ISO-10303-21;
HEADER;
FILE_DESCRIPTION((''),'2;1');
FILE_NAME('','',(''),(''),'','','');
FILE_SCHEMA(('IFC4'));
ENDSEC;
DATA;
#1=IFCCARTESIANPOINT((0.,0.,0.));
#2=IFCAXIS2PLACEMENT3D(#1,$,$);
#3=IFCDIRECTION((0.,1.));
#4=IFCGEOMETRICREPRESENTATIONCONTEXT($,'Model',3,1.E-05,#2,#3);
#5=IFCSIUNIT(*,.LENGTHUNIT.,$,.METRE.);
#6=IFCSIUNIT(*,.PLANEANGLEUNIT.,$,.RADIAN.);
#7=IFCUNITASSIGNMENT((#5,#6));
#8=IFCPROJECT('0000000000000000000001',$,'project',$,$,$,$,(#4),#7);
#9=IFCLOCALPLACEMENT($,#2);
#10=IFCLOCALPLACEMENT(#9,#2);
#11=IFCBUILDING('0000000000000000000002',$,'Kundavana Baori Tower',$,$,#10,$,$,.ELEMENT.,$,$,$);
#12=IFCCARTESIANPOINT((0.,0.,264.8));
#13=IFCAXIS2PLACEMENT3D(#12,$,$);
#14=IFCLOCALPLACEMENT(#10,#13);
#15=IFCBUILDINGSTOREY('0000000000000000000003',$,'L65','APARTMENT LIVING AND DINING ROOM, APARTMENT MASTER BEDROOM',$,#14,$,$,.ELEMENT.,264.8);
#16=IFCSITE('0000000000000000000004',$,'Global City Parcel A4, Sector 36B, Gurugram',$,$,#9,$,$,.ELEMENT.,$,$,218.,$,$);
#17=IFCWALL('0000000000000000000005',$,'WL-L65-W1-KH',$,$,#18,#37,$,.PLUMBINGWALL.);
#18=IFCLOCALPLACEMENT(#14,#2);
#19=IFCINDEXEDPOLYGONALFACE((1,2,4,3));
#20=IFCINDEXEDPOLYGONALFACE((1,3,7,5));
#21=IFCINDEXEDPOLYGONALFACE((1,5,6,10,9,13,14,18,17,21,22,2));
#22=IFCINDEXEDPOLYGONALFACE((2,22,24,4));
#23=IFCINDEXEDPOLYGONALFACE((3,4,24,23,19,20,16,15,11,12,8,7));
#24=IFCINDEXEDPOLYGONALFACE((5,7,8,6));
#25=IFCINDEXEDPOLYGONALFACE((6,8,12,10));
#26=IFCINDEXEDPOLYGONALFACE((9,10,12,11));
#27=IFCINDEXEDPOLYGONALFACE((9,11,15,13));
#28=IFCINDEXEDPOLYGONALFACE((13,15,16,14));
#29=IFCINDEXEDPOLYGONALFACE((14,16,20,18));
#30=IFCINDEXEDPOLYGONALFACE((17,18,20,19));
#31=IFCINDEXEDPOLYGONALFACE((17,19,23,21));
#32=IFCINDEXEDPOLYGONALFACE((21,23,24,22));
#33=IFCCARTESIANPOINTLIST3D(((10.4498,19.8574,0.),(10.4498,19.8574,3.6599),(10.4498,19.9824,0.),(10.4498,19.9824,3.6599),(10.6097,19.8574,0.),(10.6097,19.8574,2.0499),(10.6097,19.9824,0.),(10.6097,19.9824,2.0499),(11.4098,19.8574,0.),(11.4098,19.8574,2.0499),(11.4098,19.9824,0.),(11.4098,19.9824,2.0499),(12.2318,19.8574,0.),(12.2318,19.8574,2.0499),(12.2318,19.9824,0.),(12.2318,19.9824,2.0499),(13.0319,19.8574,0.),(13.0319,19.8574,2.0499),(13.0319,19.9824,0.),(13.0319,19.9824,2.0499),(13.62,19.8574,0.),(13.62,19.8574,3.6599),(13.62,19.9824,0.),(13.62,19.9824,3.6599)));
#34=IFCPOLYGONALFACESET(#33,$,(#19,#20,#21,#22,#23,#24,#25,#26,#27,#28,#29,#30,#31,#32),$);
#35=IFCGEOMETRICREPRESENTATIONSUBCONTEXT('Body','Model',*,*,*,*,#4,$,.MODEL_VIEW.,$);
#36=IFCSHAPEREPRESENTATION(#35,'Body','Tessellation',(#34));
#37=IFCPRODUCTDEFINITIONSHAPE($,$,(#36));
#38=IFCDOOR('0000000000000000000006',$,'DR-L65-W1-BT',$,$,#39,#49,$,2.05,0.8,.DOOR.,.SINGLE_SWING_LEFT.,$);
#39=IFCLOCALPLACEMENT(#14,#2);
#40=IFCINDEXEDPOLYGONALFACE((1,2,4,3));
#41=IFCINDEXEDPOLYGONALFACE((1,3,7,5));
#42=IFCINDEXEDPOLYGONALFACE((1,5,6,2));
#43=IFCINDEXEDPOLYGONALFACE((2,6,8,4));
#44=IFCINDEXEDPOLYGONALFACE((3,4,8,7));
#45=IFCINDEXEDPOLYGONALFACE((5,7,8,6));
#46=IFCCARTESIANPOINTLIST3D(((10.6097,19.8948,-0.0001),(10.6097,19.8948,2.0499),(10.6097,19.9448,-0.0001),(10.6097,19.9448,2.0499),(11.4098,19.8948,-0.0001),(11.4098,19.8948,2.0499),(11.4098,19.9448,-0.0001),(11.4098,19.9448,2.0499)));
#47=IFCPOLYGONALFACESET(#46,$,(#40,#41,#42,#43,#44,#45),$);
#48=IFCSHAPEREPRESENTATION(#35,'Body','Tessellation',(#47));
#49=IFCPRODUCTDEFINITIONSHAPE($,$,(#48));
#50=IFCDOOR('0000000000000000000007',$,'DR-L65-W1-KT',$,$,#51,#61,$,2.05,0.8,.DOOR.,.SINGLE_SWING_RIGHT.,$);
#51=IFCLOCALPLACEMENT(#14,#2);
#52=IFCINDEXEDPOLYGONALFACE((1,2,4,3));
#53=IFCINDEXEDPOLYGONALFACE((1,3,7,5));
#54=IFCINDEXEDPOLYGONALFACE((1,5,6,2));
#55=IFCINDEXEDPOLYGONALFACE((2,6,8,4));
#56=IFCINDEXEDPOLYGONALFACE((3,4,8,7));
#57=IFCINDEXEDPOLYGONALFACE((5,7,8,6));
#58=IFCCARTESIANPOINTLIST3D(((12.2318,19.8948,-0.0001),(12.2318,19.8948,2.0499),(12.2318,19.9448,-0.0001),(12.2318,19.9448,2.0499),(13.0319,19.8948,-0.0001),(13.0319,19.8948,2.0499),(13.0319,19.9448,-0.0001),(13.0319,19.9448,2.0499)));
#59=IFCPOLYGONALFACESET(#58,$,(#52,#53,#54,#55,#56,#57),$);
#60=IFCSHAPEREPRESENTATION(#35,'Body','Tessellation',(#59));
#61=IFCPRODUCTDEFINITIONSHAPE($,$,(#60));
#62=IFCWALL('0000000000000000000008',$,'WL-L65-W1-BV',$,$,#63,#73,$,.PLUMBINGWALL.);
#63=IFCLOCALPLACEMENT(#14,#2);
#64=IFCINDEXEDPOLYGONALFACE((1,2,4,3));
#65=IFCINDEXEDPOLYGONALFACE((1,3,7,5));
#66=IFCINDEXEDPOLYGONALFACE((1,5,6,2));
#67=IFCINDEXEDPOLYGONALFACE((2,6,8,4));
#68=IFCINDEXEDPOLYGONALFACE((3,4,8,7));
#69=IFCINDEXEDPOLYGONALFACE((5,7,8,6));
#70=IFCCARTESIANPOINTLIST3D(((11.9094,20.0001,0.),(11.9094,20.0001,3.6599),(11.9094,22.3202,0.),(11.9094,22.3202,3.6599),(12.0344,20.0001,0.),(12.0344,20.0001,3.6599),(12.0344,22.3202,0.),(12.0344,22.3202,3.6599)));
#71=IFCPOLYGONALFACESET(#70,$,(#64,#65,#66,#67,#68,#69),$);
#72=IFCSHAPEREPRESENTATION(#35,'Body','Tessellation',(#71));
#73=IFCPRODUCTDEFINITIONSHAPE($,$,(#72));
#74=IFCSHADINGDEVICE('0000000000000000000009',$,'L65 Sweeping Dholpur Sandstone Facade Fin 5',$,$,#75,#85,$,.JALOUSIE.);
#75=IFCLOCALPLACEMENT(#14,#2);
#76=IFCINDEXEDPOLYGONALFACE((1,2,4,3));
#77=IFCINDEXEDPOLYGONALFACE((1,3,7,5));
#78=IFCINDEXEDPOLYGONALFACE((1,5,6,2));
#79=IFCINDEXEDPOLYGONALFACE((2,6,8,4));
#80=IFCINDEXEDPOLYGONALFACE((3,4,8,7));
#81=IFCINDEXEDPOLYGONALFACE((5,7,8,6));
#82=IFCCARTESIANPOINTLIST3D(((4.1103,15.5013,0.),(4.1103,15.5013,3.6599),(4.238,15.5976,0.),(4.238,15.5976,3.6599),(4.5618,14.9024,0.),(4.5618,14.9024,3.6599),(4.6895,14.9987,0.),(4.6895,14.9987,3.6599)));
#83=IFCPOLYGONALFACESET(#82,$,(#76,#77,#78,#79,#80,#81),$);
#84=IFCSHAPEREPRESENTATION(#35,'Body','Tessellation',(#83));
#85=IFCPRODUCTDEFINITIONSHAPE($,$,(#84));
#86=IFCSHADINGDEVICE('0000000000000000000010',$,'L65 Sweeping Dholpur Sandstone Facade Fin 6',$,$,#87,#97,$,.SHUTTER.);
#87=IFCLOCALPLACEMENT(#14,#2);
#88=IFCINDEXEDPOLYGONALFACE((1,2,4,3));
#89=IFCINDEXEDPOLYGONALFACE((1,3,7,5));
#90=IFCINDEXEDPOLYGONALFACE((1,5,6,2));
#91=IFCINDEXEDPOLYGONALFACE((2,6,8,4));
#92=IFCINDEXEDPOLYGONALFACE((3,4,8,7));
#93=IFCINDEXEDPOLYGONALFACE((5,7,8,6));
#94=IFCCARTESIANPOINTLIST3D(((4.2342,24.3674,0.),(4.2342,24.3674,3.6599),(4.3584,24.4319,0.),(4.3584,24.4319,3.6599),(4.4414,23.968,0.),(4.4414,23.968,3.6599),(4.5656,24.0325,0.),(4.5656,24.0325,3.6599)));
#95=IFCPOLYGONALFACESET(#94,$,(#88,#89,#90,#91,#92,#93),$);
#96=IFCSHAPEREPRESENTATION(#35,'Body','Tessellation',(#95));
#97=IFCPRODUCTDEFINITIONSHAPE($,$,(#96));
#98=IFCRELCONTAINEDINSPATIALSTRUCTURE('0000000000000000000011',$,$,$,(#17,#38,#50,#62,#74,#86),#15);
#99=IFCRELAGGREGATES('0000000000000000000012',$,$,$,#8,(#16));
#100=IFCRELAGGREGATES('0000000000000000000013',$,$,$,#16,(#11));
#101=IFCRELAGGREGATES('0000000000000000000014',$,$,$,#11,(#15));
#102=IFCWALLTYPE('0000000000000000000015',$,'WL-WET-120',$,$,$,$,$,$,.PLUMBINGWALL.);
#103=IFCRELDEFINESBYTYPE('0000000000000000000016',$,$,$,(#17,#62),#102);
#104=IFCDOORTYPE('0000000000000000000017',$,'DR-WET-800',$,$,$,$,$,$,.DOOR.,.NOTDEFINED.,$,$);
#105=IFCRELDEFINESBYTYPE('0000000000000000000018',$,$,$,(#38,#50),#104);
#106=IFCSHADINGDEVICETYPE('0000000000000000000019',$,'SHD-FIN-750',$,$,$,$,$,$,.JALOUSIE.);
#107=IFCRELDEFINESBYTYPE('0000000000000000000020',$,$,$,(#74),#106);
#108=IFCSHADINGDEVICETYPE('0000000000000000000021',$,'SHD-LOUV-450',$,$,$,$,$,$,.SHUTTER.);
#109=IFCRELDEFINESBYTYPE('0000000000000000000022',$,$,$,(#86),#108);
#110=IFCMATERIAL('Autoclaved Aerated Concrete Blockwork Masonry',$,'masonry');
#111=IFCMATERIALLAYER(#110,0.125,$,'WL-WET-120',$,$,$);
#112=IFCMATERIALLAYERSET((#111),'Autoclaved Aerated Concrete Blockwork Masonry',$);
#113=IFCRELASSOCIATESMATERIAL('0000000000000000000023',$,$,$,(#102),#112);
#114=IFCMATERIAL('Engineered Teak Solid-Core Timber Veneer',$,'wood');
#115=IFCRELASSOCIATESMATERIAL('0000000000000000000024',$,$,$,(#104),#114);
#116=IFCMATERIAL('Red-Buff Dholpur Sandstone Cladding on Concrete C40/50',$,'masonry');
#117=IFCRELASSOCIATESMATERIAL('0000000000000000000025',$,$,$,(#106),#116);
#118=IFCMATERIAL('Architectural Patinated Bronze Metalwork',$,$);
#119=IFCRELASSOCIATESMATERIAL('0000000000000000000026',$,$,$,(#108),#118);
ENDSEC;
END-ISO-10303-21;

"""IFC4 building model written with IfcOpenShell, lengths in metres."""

from ifc_helpers import new_model, si_unit, direction, frame, frame_2d, origin, origin_2d, place, context, subcontext, project, spatial, rectangle, extrude, material, layer, layer_set, type_object, element, fill, save


model = new_model("IFC4")

# Units and contexts
model_context = context("Model", 3, precision=1e-05, world=origin(), true_north=direction((0.0, 1.0)))
body_context = subcontext(model_context, "Body", "Model", "MODEL_VIEW")
ifc_project = project(units=[si_unit("LENGTHUNIT", "METRE"), si_unit("PLANEANGLEUNIT", "RADIAN")], contexts=[model_context])

# Site, building, storey
site_placement = place(None, origin())
site = spatial("IfcSite", under=ifc_project, at=site_placement, Name="Global City Parcel A4, Sector 36B, Gurugram", CompositionType="ELEMENT", RefElevation=218.0)
building_placement = place(site_placement, origin())
building = spatial("IfcBuilding", under=site, at=building_placement, Name="Kundavana Baori Tower", CompositionType="ELEMENT")
storey_placement = place(building_placement, frame((0.0, 0.0, 264.8)))
storey = spatial("IfcBuildingStorey", under=building, at=storey_placement, Name="L65", Description="APARTMENT LIVING AND DINING ROOM, APARTMENT MASTER BEDROOM", CompositionType="ELEMENT", Elevation=264.8)

# Wall, openings, doors
ifc_material_1 = material(Name="Autoclaved Aerated Concrete Blockwork Masonry", Category="masonry")
ifc_layer_1 = layer(ifc_material_1, 0.125, Name="WL-WET-120")
ifc_layer_set_1 = layer_set([ifc_layer_1], Name="Autoclaved Aerated Concrete Blockwork Masonry")
wall_type_1 = type_object("IfcWallType", Name="WL-WET-120", PredefinedType="PLUMBINGWALL", material=ifc_layer_set_1)
wall_1_placement = place(storey_placement, frame((10.45, 19.9199, 0.0), z_axis=(0.0, 0.0, 1.0), x_axis=(1.0, 0.0, 0.0)))
wall_1 = element("IfcWall", 1, at=wall_1_placement, inside=storey, type_object=wall_type_1, Name="WL-L65-W1-KH", PredefinedType="PLUMBINGWALL", context=body_context, shape_type="SweptSolid", body=[
    extrude(rectangle(XDim=3.1702, YDim=0.125, at=frame_2d((1.585, 0.0))), origin(), (0.0, 0.0, 1.0), 3.6599),
])
opening_1_placement = place(wall_1_placement, frame((0.1599, 0.0, 0.0)))
opening_1 = element("IfcOpeningElement", 2, at=opening_1_placement, cuts=wall_1, PredefinedType="OPENING", context=body_context, shape_type="SweptSolid", body=[
    extrude(rectangle(XDim=0.8, YDim=2.05, at=frame_2d((0.3999, 1.0249))), frame((0.0, 0.0725, 0.0), z_axis=(0.0, -1.0, 0.0), x_axis=(1.0, 0.0, 0.0)), (0.0, 0.0, 1.0), 0.145),
])
opening_2_placement = place(wall_1_placement, frame((1.782, 0.0, 0.0)))
opening_2 = element("IfcOpeningElement", 3, at=opening_2_placement, cuts=wall_1, PredefinedType="OPENING", context=body_context, shape_type="SweptSolid", body=[
    extrude(rectangle(XDim=0.8, YDim=2.05, at=frame_2d((0.3999, 1.0249))), frame((0.0, 0.0725, 0.0), z_axis=(0.0, -1.0, 0.0), x_axis=(1.0, 0.0, 0.0)), (0.0, 0.0, 1.0), 0.145),
])
ifc_material_2 = material(Name="Engineered Teak Solid-Core Timber Veneer", Category="wood")
door_type_1 = type_object("IfcDoorType", Name="DR-WET-800", OperationType="NOTDEFINED", PredefinedType="DOOR", material=ifc_material_2)
door_1_placement = place(opening_1_placement, origin())
door_1 = element("IfcDoor", 4, at=door_1_placement, inside=storey, type_object=door_type_1, Name="DR-L65-W1-BT", OperationType="SINGLE_SWING_LEFT", OverallHeight=2.05, OverallWidth=0.8, PredefinedType="DOOR", context=body_context, shape_type="SweptSolid", body=[
    extrude(rectangle(XDim=0.8, YDim=2.05, at=frame_2d((0.3999, 1.0249))), frame((0.0, 0.0249, 0.0), z_axis=(0.0, -1.0, 0.0), x_axis=(1.0, 0.0, 0.0)), (0.0, 0.0, 1.0), 0.05),
])
fill(opening_1, door_1)
door_2_placement = place(opening_2_placement, origin())
door_2 = element("IfcDoor", 5, at=door_2_placement, inside=storey, type_object=door_type_1, Name="DR-L65-W1-KT", OperationType="SINGLE_SWING_RIGHT", OverallHeight=2.05, OverallWidth=0.8, PredefinedType="DOOR", context=body_context, shape_type="SweptSolid", body=[
    extrude(rectangle(XDim=0.8, YDim=2.05, at=frame_2d((0.3999, 1.0249))), frame((0.0, 0.0249, 0.0), z_axis=(0.0, -1.0, 0.0), x_axis=(1.0, 0.0, 0.0)), (0.0, 0.0, 1.0), 0.05),
])
fill(opening_2, door_2)

# Wall
wall_2_placement = place(storey_placement, frame((11.9719, 20.0, 0.0), z_axis=(0.0, 0.0, 1.0), x_axis=(0.0, 1.0, 0.0)))
element("IfcWall", 6, at=wall_2_placement, inside=storey, type_object=wall_type_1, Name="WL-L65-W1-BV", PredefinedType="PLUMBINGWALL", context=body_context, shape_type="SweptSolid", body=[
    extrude(rectangle(XDim=2.3201, YDim=0.125, at=frame_2d((1.1602, 0.0))), origin(), (0.0, 0.0, 1.0), 3.6599),
])

# Shading devices
ifc_material_3 = material(Name="Red-Buff Dholpur Sandstone Cladding on Concrete C40/50", Category="masonry")
shading_device_type_1 = type_object("IfcShadingDeviceType", Name="SHD-FIN-750", PredefinedType="JALOUSIE", material=ifc_material_3)
shading_device_1_placement = place(storey_placement, frame((4.3999, 15.25, 0.0), z_axis=(0.0, 0.0, 1.0), x_axis=(0.79853, 0.601954, 0.0)))
element("IfcShadingDevice", 7, at=shading_device_1_placement, inside=storey, type_object=shading_device_type_1, Name="L65 Sweeping Dholpur Sandstone Facade Fin 5", PredefinedType="JALOUSIE", context=body_context, shape_type="SweptSolid", body=[
    extrude(rectangle(XDim=0.1599, YDim=0.75, at=origin_2d()), origin(), (0.0, 0.0, 1.0), 3.6599),
])
ifc_material_4 = material(Name="Architectural Patinated Bronze Metalwork")
shading_device_type_2 = type_object("IfcShadingDeviceType", Name="SHD-LOUV-450", PredefinedType="SHUTTER", material=ifc_material_4)
shading_device_2_placement = place(storey_placement, frame((4.3999, 24.2, 0.0), z_axis=(0.0, 0.0, 1.0), x_axis=(0.887655, 0.46051, 0.0)))
element("IfcShadingDevice", 8, at=shading_device_2_placement, inside=storey, type_object=shading_device_type_2, Name="L65 Sweeping Dholpur Sandstone Facade Fin 6", PredefinedType="SHUTTER", context=body_context, shape_type="SweptSolid", body=[
    extrude(rectangle(XDim=0.1399, YDim=0.45, at=origin_2d()), origin(), (0.0, 0.0, 1.0), 3.6599),
])

save(model, "model.ifc")
